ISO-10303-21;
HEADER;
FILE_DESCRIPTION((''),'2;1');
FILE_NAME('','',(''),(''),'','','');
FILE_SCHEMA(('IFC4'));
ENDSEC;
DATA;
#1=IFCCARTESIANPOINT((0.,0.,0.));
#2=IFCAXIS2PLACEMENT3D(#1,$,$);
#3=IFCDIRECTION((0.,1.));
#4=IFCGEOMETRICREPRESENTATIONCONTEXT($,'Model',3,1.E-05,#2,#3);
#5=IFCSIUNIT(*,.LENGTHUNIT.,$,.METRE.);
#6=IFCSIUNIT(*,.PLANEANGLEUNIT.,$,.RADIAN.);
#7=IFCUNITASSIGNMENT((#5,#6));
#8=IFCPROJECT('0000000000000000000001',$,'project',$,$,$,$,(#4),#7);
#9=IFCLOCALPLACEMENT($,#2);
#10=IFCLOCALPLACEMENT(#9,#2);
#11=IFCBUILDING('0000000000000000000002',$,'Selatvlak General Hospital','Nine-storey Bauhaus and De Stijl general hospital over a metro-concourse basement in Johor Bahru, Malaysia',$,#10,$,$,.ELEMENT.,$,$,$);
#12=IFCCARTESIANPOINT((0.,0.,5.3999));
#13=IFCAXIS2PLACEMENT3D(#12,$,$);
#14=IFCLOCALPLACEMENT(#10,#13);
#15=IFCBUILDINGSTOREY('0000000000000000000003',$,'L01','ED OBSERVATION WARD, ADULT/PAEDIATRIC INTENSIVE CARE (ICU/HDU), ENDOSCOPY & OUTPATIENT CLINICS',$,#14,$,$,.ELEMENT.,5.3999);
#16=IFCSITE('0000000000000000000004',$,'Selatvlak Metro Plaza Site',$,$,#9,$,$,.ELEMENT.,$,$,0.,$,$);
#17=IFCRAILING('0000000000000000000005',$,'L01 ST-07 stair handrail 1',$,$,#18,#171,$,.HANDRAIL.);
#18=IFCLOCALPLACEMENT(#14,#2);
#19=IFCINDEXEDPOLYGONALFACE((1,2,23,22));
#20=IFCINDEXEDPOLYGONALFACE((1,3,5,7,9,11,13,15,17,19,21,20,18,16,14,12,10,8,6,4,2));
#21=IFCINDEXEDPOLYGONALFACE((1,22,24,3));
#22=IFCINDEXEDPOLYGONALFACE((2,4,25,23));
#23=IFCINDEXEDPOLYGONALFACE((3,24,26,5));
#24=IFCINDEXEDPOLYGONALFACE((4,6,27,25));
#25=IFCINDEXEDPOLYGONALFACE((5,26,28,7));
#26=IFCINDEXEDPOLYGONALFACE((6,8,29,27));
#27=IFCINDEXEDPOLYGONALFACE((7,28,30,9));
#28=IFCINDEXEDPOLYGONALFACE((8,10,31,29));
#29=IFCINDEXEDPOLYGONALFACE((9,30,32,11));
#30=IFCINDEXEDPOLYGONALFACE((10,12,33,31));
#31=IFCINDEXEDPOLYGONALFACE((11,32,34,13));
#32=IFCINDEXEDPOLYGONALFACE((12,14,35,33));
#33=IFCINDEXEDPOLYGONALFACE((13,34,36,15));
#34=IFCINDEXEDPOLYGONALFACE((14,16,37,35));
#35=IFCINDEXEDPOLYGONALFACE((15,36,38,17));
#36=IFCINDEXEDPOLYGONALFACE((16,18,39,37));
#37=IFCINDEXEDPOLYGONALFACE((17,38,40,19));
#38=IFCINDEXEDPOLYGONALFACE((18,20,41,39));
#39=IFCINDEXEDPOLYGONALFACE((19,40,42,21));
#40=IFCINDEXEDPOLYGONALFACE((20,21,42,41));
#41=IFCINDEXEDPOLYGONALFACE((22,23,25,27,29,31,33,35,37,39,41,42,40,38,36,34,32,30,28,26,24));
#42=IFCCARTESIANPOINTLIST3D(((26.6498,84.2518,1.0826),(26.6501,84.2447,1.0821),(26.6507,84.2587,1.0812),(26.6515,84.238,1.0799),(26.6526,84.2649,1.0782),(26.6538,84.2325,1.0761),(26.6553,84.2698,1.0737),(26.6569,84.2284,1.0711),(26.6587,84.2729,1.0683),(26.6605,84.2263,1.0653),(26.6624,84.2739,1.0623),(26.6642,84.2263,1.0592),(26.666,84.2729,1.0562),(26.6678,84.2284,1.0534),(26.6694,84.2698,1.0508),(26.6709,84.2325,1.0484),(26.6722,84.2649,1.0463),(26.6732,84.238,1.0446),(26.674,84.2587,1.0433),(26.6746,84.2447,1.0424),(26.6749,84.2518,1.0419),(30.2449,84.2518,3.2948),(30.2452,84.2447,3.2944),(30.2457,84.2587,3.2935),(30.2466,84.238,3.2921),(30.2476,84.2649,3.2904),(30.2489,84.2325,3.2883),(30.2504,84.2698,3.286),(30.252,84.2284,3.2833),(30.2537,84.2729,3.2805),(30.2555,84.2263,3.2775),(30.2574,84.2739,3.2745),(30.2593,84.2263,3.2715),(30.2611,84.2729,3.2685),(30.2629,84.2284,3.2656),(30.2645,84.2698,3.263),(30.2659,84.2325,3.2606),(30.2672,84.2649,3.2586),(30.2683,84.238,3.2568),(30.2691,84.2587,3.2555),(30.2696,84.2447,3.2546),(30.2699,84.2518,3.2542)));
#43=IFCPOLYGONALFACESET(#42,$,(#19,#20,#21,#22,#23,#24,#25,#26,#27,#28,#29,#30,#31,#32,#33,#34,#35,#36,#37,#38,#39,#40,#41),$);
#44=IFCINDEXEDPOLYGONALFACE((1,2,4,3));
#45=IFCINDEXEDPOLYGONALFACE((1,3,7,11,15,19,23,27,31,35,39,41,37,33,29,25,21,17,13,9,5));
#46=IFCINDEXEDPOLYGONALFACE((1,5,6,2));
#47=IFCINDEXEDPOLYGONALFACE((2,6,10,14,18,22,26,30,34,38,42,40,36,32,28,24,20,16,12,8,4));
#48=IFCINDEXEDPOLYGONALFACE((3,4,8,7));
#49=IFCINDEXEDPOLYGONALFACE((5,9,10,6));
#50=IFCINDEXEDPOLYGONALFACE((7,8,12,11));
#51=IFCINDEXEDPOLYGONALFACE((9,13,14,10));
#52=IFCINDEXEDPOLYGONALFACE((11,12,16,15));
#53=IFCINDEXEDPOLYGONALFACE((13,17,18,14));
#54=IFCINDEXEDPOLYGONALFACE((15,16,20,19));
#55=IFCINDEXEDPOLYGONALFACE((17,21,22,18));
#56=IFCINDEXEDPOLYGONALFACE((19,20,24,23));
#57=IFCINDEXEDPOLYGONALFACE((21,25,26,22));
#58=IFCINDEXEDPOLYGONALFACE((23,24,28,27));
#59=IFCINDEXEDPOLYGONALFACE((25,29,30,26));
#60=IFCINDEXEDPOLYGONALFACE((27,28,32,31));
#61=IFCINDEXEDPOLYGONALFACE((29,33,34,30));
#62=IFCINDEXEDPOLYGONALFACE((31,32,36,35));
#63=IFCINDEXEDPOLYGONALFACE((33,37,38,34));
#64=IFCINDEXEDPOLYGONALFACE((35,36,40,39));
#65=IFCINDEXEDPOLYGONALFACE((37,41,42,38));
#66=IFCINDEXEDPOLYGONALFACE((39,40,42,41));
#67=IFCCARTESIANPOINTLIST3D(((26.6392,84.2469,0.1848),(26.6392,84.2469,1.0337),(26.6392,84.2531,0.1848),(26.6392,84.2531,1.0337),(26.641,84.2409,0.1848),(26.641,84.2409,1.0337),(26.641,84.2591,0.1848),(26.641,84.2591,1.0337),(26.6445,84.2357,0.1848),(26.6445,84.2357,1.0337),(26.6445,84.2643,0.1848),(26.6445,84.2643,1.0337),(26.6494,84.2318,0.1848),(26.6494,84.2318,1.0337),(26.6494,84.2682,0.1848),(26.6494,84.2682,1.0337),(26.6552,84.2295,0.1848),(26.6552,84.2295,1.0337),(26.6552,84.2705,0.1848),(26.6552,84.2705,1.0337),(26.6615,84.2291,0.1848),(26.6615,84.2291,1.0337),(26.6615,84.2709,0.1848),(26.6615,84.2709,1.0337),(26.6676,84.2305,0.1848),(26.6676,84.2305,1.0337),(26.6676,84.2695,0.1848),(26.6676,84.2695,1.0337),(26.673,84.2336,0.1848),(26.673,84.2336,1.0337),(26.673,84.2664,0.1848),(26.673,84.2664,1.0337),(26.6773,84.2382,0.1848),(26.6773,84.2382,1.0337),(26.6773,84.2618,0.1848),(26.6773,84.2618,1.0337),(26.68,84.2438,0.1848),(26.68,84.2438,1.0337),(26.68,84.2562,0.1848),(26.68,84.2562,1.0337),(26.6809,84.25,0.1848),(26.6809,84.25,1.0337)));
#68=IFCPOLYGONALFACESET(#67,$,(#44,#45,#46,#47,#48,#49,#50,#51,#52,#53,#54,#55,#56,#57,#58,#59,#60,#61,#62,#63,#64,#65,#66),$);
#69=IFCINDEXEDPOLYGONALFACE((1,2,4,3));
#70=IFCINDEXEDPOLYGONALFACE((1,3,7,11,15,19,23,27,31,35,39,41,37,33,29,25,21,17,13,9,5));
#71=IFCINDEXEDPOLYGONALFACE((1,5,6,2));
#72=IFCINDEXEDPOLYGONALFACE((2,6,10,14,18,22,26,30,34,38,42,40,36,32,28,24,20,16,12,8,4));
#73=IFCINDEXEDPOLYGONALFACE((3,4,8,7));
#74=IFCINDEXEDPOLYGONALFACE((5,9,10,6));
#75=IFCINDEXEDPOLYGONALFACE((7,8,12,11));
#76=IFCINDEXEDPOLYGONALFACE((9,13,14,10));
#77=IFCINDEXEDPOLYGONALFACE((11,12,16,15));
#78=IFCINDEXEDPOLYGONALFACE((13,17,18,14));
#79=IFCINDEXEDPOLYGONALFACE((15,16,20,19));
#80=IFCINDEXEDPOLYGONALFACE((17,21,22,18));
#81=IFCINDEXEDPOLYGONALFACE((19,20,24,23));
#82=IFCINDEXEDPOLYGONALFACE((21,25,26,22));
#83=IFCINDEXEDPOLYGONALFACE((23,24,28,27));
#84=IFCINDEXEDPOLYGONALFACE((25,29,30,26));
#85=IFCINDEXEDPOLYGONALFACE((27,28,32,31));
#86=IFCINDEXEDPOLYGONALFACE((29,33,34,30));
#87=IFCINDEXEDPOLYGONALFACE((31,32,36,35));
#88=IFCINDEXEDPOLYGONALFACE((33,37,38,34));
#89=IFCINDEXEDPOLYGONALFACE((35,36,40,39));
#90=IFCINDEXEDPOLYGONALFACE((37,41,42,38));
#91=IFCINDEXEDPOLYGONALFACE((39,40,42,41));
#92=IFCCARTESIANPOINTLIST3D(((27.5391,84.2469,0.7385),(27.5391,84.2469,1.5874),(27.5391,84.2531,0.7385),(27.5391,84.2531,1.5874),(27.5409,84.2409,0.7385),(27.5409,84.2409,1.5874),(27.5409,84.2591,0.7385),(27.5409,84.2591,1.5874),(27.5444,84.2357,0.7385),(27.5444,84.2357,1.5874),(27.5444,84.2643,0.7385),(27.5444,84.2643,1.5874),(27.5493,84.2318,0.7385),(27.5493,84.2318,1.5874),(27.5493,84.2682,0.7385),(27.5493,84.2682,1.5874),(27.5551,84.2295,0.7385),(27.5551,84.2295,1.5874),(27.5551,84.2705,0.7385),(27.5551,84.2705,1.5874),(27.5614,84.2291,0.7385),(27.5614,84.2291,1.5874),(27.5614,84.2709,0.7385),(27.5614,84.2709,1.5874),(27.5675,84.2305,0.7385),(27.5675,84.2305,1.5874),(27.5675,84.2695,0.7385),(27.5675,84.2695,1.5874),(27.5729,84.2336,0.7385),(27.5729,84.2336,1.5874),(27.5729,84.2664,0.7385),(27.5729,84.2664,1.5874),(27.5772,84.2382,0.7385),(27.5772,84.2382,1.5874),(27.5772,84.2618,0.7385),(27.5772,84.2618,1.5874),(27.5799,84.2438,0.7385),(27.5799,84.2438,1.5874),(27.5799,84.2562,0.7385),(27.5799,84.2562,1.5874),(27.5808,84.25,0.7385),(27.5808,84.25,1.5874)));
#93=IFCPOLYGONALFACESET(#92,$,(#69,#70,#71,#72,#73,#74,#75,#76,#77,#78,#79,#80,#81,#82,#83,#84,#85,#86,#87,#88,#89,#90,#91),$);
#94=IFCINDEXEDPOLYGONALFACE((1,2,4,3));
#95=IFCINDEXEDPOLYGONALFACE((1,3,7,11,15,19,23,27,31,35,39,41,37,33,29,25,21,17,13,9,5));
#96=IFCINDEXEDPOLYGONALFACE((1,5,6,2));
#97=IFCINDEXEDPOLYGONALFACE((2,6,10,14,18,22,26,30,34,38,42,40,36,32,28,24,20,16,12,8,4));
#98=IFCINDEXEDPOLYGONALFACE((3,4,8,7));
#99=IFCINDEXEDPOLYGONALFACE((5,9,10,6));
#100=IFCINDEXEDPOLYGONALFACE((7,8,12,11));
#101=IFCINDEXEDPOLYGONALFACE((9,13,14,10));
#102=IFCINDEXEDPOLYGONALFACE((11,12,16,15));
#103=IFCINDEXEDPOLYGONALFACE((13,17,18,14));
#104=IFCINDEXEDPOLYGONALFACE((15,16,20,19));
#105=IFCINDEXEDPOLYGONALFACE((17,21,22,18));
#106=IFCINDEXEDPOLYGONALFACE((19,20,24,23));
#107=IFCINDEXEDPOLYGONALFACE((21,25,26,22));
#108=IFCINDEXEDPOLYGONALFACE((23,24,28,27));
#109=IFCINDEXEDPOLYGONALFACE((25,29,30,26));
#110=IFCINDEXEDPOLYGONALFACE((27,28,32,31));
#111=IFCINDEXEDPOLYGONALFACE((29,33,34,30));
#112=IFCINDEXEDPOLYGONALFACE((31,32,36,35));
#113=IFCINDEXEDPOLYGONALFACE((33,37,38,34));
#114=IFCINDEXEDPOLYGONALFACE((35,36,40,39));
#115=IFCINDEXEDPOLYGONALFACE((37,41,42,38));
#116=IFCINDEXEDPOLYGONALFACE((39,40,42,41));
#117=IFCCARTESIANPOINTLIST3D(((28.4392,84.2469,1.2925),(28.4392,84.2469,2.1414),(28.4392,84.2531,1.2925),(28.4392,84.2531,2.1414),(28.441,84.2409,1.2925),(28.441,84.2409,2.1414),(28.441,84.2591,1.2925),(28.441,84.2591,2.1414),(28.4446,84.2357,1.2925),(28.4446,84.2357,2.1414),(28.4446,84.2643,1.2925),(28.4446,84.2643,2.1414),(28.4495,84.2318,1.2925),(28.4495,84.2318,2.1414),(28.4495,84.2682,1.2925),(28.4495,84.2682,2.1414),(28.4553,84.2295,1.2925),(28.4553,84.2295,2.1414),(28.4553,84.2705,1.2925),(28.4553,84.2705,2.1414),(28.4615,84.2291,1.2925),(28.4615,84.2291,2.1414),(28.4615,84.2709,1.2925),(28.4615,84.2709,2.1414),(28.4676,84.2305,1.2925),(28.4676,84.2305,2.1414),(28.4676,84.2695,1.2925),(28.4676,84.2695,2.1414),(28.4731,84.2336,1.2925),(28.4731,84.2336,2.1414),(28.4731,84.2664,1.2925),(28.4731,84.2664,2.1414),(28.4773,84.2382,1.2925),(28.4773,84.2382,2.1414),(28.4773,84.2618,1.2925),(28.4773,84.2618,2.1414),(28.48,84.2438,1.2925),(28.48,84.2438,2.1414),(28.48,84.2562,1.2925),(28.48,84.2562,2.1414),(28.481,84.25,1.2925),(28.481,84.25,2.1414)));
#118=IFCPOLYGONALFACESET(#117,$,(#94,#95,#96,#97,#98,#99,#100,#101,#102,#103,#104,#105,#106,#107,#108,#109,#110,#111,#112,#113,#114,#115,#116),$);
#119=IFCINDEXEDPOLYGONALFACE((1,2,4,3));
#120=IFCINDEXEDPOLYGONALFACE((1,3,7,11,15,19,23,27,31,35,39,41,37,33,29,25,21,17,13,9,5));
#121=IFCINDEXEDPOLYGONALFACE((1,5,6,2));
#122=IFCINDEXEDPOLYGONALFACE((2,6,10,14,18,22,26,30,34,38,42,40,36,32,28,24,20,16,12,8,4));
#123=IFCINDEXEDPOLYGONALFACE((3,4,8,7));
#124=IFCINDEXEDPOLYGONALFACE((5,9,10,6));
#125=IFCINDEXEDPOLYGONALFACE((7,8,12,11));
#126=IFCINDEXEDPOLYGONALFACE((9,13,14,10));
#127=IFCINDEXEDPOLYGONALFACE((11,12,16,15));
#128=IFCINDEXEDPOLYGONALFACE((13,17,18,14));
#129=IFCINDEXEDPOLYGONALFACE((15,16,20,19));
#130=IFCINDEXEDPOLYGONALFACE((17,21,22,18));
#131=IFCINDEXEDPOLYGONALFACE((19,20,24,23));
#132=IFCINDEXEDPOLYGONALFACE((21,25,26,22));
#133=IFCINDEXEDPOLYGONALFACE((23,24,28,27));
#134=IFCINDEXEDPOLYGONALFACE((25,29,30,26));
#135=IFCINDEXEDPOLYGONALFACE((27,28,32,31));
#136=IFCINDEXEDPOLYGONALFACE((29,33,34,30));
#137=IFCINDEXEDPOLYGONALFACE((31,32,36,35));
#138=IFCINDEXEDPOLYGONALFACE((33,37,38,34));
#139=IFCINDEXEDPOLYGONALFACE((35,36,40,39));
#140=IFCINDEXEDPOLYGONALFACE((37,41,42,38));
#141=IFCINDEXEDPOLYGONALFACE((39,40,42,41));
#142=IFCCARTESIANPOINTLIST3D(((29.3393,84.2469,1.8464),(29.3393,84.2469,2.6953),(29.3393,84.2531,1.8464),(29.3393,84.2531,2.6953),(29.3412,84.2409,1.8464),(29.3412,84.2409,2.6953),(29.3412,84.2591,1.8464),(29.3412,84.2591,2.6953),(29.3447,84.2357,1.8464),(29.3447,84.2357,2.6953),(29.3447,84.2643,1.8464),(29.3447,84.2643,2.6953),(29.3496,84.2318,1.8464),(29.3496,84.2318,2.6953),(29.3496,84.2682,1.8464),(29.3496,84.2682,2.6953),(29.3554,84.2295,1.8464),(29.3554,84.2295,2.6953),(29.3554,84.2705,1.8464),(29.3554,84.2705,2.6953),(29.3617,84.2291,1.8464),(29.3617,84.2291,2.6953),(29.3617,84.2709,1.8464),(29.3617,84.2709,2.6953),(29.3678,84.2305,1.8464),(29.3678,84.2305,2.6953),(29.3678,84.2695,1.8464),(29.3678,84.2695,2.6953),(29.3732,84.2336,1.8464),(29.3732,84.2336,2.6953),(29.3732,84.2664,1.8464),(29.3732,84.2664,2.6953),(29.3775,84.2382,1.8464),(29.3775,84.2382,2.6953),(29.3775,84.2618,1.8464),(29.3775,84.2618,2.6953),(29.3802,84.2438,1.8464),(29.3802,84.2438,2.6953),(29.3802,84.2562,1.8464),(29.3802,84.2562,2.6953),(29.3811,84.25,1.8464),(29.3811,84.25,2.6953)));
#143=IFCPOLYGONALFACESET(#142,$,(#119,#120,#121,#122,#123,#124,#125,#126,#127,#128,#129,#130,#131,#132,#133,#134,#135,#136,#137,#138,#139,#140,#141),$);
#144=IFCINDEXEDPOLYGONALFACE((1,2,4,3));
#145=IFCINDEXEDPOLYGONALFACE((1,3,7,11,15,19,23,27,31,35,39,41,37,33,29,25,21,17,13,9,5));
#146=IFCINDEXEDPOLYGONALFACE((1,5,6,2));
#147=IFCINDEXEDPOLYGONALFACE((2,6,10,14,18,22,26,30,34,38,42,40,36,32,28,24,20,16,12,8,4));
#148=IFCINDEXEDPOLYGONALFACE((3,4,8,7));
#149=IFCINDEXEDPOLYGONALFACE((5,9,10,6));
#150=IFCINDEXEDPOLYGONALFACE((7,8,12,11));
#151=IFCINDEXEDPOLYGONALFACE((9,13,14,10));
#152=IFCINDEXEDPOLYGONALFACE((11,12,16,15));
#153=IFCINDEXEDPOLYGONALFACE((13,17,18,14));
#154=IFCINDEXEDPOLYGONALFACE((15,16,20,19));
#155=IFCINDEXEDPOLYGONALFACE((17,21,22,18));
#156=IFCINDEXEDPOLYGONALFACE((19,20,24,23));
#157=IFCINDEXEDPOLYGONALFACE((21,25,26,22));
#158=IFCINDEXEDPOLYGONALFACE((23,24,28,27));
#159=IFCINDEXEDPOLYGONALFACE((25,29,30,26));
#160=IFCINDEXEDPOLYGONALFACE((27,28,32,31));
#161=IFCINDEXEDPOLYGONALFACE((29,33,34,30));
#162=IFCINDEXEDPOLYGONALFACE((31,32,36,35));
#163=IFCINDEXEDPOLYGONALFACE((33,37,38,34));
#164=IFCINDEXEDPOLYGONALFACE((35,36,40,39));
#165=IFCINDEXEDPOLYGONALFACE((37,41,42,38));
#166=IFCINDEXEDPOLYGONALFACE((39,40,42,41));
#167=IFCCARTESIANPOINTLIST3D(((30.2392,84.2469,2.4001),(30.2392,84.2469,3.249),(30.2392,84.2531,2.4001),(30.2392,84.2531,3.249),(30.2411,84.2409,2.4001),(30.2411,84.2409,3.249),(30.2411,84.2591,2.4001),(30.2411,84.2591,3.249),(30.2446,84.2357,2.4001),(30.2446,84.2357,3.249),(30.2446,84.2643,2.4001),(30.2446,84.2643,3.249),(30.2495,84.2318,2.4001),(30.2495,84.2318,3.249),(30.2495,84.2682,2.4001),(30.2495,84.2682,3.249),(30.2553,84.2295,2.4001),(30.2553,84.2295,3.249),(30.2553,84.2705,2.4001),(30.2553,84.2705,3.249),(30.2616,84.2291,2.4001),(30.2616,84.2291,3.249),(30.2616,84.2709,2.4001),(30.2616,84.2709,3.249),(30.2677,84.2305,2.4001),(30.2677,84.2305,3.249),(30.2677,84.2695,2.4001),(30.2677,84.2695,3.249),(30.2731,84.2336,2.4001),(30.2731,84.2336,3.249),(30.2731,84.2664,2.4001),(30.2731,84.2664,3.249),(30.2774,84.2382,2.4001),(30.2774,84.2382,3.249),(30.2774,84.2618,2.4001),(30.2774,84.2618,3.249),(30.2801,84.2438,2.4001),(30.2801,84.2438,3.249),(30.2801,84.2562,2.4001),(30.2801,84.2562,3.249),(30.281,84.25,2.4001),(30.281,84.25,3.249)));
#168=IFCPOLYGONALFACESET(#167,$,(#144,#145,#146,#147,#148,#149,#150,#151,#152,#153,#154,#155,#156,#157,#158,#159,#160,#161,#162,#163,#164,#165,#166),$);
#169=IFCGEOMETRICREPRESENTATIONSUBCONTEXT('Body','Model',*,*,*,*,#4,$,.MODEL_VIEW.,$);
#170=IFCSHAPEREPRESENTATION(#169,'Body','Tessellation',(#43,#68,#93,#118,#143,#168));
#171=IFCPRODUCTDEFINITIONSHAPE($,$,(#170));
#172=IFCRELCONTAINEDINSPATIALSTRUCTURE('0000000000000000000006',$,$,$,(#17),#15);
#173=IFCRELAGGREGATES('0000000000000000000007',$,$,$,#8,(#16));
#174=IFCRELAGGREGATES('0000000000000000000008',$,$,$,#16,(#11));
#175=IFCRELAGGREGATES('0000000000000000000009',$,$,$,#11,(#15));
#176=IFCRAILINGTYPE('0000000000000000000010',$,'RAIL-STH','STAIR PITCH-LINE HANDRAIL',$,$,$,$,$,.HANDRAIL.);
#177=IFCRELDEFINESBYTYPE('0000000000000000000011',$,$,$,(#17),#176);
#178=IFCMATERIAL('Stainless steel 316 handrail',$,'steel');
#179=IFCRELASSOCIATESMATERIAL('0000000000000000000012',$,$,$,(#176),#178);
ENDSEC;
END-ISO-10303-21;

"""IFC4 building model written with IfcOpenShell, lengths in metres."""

from ifc_helpers import new_model, si_unit, direction, frame, origin, origin_2d, place, context, subcontext, project, spatial, circle, extrude, material, type_object, element, save


model = new_model("IFC4")

# Units and contexts
model_context = context("Model", 3, precision=1e-05, world=origin(), true_north=direction((0.0, 1.0)))
body_context = subcontext(model_context, "Body", "Model", "MODEL_VIEW")
ifc_project = project(units=[si_unit("LENGTHUNIT", "METRE"), si_unit("PLANEANGLEUNIT", "RADIAN")], contexts=[model_context])

# Site, building, storey
site_placement = place(None, origin())
site = spatial("IfcSite", under=ifc_project, at=site_placement, Name="Selatvlak Metro Plaza Site", CompositionType="ELEMENT", RefElevation=0.0)
building_placement = place(site_placement, origin())
building = spatial("IfcBuilding", under=site, at=building_placement, Name="Selatvlak General Hospital", Description="Nine-storey Bauhaus and De Stijl general hospital over a metro-concourse basement in Johor Bahru, Malaysia", CompositionType="ELEMENT")
storey_placement = place(building_placement, frame((0.0, 0.0, 5.3999)))
storey = spatial("IfcBuildingStorey", under=building, at=storey_placement, Name="L01", Description="ED OBSERVATION WARD, ADULT/PAEDIATRIC INTENSIVE CARE (ICU/HDU), ENDOSCOPY & OUTPATIENT CLINICS", CompositionType="ELEMENT", Elevation=5.3999)

# Railing
ifc_material_1 = material(Name="Stainless steel 316 handrail", Category="steel")
railing_type_1 = type_object("IfcRailingType", Name="RAIL-STH", Description="STAIR PITCH-LINE HANDRAIL", PredefinedType="HANDRAIL", material=ifc_material_1)
railing_1_placement = place(storey_placement, frame((26.6599, 84.25, 0.1848)))
element("IfcRailing", 1, at=railing_1_placement, inside=storey, type_object=railing_type_1, Name="L01 ST-07 stair handrail 1", PredefinedType="HANDRAIL", context=body_context, shape_type="SweptSolid", body=[
    extrude(circle(Radius=0.0239, at=origin_2d()), frame((0.0024, 0.0, 0.8774), z_axis=(0.85167, 0.0, 0.524078), x_axis=(0.0, 1.0, 0.0)), (0.0, 0.0, 1.0), 4.2212),
    extrude(circle(Radius=0.021, at=origin_2d()), origin(), (0.0, 0.0, 1.0), 0.8489),
    extrude(circle(Radius=0.021, at=origin_2d()), frame((0.8999, 0.0, 0.5537)), (0.0, 0.0, 1.0), 0.8489),
    extrude(circle(Radius=0.021, at=origin_2d()), frame((1.8, 0.0, 1.1077)), (0.0, 0.0, 1.0), 0.8489),
    extrude(circle(Radius=0.021, at=origin_2d()), frame((2.7002, 0.0, 1.6616)), (0.0, 0.0, 1.0), 0.8489),
    extrude(circle(Radius=0.021, at=origin_2d()), frame((3.6001, 0.0, 2.2153)), (0.0, 0.0, 1.0), 0.8489),
])

save(model, "model.ifc")
